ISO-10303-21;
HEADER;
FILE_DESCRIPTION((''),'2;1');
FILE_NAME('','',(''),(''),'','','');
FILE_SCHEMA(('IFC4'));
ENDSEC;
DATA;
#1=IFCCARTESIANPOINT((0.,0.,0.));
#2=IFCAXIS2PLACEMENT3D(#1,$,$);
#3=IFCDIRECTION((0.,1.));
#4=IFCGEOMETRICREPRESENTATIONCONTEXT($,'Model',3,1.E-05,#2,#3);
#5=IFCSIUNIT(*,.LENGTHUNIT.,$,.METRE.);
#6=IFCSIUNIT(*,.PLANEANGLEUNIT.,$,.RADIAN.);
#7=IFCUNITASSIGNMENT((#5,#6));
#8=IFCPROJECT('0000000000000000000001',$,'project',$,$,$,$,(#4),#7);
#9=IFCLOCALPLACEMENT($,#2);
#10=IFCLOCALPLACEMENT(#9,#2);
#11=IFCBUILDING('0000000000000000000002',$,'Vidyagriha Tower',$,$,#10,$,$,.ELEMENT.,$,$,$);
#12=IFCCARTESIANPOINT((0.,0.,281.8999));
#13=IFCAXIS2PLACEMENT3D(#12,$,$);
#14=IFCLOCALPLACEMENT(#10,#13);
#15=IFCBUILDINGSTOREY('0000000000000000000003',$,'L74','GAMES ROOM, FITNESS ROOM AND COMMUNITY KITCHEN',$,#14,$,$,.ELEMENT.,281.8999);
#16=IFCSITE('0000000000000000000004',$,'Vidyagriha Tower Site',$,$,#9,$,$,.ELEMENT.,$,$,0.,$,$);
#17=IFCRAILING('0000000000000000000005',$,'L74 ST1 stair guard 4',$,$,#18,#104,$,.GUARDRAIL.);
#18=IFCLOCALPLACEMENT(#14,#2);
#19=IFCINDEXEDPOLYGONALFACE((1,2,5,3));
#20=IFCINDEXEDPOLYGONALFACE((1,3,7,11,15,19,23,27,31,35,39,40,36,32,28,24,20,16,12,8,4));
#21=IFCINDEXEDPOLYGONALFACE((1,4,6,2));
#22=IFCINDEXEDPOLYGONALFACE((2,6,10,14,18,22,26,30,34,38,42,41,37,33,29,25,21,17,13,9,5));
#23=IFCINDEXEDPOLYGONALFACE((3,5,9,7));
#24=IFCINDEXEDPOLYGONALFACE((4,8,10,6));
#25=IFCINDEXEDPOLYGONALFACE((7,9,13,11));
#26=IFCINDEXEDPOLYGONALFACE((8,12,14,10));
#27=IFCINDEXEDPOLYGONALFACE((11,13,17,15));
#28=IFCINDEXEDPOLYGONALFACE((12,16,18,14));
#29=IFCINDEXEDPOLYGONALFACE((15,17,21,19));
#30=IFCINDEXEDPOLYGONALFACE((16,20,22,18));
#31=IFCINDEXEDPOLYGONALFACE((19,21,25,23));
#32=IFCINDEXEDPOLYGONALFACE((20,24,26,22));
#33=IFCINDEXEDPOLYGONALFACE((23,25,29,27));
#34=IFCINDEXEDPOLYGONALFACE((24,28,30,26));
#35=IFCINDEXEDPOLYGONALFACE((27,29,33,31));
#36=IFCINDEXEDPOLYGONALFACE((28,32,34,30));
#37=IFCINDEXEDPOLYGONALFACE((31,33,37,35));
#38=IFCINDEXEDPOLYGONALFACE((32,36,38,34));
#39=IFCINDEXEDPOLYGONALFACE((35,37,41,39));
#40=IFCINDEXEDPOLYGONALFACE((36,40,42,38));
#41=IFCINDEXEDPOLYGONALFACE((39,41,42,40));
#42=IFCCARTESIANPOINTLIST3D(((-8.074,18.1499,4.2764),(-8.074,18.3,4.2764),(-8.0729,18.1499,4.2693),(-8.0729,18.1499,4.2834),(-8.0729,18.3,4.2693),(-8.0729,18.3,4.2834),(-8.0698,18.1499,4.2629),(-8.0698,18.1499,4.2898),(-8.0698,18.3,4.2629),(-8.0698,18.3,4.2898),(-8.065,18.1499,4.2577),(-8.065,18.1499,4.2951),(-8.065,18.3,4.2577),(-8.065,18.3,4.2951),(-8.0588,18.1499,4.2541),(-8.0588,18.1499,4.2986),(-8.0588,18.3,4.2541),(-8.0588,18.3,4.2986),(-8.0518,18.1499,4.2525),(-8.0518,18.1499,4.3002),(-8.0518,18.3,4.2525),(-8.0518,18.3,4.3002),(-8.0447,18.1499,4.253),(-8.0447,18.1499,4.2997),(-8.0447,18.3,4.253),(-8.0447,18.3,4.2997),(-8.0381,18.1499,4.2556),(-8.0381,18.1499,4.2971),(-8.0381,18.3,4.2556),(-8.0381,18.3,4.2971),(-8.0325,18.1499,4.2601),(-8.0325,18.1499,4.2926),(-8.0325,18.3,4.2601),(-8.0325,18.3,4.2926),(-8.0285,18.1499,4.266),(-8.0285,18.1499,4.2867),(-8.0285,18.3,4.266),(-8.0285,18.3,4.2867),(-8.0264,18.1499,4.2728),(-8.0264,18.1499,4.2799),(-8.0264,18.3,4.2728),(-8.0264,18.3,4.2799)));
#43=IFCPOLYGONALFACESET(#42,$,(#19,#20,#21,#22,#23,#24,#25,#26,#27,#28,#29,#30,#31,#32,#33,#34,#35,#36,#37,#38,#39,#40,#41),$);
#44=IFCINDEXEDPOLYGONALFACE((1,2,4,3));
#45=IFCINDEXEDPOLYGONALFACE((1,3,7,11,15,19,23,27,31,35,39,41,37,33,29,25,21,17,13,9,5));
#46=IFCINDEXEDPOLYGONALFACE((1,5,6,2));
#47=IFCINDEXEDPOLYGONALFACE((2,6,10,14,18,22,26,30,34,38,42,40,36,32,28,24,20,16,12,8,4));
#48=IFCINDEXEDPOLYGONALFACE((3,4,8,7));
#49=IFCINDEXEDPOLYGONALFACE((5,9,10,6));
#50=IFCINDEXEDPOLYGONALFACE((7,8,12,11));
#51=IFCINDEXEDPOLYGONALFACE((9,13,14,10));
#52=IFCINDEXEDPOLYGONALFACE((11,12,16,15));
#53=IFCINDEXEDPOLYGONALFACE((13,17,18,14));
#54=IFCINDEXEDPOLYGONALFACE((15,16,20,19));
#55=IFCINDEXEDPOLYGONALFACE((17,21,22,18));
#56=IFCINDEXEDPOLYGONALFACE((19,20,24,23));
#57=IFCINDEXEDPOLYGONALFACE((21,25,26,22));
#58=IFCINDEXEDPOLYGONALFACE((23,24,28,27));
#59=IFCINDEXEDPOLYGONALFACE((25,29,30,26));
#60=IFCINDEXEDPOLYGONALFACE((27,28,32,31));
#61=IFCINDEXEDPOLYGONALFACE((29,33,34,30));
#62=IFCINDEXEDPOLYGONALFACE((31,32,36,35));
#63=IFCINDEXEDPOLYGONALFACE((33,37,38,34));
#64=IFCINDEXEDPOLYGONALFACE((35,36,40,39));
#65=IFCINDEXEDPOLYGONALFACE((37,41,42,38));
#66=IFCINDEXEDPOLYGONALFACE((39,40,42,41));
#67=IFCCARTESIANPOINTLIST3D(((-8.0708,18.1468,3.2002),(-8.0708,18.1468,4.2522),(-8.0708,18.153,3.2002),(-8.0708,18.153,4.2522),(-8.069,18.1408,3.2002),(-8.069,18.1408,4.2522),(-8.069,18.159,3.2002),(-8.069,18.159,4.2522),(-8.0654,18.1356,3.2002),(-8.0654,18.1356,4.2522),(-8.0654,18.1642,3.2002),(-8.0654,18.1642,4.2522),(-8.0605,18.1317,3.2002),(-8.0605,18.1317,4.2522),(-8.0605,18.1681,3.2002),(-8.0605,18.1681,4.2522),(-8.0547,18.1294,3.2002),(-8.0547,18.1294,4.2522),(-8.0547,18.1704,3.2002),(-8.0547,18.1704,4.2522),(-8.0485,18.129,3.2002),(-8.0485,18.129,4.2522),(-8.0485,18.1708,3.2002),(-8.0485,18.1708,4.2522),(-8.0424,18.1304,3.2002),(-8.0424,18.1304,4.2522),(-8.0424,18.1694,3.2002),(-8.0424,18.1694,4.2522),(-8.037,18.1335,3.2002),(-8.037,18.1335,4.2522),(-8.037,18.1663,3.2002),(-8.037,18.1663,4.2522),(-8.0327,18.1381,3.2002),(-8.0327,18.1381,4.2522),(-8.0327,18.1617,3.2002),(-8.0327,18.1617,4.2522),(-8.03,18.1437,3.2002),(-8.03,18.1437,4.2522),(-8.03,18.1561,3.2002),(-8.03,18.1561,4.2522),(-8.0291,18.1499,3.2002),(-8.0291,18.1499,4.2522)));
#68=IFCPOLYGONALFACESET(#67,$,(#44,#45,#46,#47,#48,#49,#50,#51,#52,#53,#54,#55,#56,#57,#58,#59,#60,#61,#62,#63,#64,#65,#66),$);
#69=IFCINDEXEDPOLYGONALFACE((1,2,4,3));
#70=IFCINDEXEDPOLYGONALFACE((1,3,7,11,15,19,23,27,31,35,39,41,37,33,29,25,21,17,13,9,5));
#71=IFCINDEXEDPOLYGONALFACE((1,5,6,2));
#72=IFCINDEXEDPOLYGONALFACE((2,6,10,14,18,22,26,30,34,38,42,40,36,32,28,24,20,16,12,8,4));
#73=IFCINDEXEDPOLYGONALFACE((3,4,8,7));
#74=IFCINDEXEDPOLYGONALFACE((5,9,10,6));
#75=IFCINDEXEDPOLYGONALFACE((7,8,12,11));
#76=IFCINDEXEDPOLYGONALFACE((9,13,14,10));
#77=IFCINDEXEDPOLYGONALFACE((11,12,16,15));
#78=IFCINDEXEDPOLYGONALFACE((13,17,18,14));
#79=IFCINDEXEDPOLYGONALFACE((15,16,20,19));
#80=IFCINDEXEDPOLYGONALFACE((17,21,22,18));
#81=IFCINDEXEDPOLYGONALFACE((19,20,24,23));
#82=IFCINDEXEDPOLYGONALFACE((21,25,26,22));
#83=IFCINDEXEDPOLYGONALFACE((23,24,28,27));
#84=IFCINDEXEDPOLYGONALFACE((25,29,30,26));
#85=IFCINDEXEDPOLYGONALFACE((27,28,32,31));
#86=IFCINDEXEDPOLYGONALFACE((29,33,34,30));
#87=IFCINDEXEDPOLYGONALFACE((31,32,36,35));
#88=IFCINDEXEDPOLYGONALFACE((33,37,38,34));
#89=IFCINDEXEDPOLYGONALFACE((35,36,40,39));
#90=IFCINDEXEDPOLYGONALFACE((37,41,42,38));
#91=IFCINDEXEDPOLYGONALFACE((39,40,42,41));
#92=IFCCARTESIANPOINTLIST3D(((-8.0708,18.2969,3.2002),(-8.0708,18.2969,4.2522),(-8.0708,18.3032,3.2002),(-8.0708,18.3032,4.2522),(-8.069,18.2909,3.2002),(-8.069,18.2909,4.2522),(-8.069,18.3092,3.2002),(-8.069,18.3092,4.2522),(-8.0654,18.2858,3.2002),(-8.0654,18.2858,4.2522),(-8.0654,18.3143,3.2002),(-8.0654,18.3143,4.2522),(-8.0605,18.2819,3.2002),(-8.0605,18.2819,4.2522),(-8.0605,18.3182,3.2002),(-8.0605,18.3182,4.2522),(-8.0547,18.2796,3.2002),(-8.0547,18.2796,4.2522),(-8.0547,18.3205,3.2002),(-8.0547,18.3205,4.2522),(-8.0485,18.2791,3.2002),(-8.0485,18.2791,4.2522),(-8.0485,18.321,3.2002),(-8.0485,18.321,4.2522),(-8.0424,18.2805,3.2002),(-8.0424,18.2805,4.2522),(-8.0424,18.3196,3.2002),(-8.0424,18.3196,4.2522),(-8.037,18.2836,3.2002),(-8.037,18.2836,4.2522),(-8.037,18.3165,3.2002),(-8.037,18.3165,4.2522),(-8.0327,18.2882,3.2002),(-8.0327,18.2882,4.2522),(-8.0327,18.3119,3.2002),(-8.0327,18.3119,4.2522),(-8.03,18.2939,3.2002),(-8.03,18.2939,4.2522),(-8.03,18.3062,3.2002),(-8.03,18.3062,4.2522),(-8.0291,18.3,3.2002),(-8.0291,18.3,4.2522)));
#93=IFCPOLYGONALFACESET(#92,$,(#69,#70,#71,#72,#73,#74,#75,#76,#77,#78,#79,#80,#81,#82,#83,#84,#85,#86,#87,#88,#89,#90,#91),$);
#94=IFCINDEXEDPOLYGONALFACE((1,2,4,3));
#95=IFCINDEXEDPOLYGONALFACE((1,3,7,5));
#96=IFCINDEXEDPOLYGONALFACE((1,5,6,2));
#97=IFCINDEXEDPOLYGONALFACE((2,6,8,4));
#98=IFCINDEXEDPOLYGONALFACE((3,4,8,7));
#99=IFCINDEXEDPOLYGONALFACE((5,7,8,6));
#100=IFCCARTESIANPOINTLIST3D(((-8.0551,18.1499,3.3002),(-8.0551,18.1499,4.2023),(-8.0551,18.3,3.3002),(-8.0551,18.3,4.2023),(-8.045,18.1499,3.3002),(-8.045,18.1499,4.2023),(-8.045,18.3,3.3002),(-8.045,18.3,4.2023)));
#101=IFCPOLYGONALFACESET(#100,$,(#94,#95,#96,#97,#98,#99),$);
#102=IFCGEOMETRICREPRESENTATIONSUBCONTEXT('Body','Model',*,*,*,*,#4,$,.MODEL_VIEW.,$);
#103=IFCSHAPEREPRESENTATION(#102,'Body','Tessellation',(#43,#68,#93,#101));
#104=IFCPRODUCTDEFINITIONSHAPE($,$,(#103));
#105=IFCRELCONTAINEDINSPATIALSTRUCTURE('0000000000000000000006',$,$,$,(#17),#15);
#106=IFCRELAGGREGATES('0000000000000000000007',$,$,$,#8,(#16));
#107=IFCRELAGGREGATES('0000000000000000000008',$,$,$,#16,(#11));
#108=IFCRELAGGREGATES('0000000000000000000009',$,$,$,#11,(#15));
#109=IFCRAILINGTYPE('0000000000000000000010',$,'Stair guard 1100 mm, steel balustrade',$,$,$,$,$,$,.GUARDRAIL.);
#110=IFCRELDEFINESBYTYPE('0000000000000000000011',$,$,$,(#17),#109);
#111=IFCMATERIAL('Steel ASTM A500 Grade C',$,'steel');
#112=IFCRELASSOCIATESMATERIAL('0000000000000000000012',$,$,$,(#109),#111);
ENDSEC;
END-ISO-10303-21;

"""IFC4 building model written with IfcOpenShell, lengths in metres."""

from ifc_helpers import new_model, si_unit, direction, frame, origin, origin_2d, place, context, subcontext, project, spatial, rectangle, circle, extrude, material, type_object, element, save


model = new_model("IFC4")

# Units and contexts
model_context = context("Model", 3, precision=1e-05, world=origin(), true_north=direction((0.0, 1.0)))
body_context = subcontext(model_context, "Body", "Model", "MODEL_VIEW")
ifc_project = project(units=[si_unit("LENGTHUNIT", "METRE"), si_unit("PLANEANGLEUNIT", "RADIAN")], contexts=[model_context])

# Site, building, storey
site_placement = place(None, origin())
site = spatial("IfcSite", under=ifc_project, at=site_placement, Name="Vidyagriha Tower Site", CompositionType="ELEMENT", RefElevation=0.0)
building_placement = place(site_placement, origin())
building = spatial("IfcBuilding", under=site, at=building_placement, Name="Vidyagriha Tower", CompositionType="ELEMENT")
storey_placement = place(building_placement, frame((0.0, 0.0, 281.8999)))
storey = spatial("IfcBuildingStorey", under=building, at=storey_placement, Name="L74", Description="GAMES ROOM, FITNESS ROOM AND COMMUNITY KITCHEN", CompositionType="ELEMENT", Elevation=281.8999)

# Railing
ifc_material_1 = material(Name="Steel ASTM A500 Grade C", Category="steel")
railing_type_1 = type_object("IfcRailingType", Name="Stair guard 1100 mm, steel balustrade", PredefinedType="GUARDRAIL", material=ifc_material_1)
railing_1_placement = place(storey_placement, frame((-8.05, 18.1499, 3.2002)))
element("IfcRailing", 1, at=railing_1_placement, inside=storey, type_object=railing_type_1, Name="L74 ST1 stair guard 4", PredefinedType="GUARDRAIL", context=body_context, shape_type="SweptSolid", body=[
    extrude(circle(Radius=0.0239, at=origin_2d()), frame((0.0, 0.0, 1.0762), z_axis=(0.0, 1.0, 0.0), x_axis=(-1.0, 0.0, 0.0)), (0.0, 0.0, 1.0), 0.1501),
    extrude(circle(Radius=0.021, at=origin_2d()), origin(), (0.0, 0.0, 1.0), 1.052),
    extrude(circle(Radius=0.021, at=origin_2d()), frame((0.0, 0.1501, 0.0)), (0.0, 0.0, 1.0), 1.052),
    extrude(rectangle(XDim=0.01, YDim=0.9021, at=origin_2d()), frame((0.0, 0.0, 0.551), z_axis=(0.0, 1.0, 0.0), x_axis=(-1.0, 0.0, 0.0)), (0.0, 0.0, 1.0), 0.1501),
])

save(model, "model.ifc")
